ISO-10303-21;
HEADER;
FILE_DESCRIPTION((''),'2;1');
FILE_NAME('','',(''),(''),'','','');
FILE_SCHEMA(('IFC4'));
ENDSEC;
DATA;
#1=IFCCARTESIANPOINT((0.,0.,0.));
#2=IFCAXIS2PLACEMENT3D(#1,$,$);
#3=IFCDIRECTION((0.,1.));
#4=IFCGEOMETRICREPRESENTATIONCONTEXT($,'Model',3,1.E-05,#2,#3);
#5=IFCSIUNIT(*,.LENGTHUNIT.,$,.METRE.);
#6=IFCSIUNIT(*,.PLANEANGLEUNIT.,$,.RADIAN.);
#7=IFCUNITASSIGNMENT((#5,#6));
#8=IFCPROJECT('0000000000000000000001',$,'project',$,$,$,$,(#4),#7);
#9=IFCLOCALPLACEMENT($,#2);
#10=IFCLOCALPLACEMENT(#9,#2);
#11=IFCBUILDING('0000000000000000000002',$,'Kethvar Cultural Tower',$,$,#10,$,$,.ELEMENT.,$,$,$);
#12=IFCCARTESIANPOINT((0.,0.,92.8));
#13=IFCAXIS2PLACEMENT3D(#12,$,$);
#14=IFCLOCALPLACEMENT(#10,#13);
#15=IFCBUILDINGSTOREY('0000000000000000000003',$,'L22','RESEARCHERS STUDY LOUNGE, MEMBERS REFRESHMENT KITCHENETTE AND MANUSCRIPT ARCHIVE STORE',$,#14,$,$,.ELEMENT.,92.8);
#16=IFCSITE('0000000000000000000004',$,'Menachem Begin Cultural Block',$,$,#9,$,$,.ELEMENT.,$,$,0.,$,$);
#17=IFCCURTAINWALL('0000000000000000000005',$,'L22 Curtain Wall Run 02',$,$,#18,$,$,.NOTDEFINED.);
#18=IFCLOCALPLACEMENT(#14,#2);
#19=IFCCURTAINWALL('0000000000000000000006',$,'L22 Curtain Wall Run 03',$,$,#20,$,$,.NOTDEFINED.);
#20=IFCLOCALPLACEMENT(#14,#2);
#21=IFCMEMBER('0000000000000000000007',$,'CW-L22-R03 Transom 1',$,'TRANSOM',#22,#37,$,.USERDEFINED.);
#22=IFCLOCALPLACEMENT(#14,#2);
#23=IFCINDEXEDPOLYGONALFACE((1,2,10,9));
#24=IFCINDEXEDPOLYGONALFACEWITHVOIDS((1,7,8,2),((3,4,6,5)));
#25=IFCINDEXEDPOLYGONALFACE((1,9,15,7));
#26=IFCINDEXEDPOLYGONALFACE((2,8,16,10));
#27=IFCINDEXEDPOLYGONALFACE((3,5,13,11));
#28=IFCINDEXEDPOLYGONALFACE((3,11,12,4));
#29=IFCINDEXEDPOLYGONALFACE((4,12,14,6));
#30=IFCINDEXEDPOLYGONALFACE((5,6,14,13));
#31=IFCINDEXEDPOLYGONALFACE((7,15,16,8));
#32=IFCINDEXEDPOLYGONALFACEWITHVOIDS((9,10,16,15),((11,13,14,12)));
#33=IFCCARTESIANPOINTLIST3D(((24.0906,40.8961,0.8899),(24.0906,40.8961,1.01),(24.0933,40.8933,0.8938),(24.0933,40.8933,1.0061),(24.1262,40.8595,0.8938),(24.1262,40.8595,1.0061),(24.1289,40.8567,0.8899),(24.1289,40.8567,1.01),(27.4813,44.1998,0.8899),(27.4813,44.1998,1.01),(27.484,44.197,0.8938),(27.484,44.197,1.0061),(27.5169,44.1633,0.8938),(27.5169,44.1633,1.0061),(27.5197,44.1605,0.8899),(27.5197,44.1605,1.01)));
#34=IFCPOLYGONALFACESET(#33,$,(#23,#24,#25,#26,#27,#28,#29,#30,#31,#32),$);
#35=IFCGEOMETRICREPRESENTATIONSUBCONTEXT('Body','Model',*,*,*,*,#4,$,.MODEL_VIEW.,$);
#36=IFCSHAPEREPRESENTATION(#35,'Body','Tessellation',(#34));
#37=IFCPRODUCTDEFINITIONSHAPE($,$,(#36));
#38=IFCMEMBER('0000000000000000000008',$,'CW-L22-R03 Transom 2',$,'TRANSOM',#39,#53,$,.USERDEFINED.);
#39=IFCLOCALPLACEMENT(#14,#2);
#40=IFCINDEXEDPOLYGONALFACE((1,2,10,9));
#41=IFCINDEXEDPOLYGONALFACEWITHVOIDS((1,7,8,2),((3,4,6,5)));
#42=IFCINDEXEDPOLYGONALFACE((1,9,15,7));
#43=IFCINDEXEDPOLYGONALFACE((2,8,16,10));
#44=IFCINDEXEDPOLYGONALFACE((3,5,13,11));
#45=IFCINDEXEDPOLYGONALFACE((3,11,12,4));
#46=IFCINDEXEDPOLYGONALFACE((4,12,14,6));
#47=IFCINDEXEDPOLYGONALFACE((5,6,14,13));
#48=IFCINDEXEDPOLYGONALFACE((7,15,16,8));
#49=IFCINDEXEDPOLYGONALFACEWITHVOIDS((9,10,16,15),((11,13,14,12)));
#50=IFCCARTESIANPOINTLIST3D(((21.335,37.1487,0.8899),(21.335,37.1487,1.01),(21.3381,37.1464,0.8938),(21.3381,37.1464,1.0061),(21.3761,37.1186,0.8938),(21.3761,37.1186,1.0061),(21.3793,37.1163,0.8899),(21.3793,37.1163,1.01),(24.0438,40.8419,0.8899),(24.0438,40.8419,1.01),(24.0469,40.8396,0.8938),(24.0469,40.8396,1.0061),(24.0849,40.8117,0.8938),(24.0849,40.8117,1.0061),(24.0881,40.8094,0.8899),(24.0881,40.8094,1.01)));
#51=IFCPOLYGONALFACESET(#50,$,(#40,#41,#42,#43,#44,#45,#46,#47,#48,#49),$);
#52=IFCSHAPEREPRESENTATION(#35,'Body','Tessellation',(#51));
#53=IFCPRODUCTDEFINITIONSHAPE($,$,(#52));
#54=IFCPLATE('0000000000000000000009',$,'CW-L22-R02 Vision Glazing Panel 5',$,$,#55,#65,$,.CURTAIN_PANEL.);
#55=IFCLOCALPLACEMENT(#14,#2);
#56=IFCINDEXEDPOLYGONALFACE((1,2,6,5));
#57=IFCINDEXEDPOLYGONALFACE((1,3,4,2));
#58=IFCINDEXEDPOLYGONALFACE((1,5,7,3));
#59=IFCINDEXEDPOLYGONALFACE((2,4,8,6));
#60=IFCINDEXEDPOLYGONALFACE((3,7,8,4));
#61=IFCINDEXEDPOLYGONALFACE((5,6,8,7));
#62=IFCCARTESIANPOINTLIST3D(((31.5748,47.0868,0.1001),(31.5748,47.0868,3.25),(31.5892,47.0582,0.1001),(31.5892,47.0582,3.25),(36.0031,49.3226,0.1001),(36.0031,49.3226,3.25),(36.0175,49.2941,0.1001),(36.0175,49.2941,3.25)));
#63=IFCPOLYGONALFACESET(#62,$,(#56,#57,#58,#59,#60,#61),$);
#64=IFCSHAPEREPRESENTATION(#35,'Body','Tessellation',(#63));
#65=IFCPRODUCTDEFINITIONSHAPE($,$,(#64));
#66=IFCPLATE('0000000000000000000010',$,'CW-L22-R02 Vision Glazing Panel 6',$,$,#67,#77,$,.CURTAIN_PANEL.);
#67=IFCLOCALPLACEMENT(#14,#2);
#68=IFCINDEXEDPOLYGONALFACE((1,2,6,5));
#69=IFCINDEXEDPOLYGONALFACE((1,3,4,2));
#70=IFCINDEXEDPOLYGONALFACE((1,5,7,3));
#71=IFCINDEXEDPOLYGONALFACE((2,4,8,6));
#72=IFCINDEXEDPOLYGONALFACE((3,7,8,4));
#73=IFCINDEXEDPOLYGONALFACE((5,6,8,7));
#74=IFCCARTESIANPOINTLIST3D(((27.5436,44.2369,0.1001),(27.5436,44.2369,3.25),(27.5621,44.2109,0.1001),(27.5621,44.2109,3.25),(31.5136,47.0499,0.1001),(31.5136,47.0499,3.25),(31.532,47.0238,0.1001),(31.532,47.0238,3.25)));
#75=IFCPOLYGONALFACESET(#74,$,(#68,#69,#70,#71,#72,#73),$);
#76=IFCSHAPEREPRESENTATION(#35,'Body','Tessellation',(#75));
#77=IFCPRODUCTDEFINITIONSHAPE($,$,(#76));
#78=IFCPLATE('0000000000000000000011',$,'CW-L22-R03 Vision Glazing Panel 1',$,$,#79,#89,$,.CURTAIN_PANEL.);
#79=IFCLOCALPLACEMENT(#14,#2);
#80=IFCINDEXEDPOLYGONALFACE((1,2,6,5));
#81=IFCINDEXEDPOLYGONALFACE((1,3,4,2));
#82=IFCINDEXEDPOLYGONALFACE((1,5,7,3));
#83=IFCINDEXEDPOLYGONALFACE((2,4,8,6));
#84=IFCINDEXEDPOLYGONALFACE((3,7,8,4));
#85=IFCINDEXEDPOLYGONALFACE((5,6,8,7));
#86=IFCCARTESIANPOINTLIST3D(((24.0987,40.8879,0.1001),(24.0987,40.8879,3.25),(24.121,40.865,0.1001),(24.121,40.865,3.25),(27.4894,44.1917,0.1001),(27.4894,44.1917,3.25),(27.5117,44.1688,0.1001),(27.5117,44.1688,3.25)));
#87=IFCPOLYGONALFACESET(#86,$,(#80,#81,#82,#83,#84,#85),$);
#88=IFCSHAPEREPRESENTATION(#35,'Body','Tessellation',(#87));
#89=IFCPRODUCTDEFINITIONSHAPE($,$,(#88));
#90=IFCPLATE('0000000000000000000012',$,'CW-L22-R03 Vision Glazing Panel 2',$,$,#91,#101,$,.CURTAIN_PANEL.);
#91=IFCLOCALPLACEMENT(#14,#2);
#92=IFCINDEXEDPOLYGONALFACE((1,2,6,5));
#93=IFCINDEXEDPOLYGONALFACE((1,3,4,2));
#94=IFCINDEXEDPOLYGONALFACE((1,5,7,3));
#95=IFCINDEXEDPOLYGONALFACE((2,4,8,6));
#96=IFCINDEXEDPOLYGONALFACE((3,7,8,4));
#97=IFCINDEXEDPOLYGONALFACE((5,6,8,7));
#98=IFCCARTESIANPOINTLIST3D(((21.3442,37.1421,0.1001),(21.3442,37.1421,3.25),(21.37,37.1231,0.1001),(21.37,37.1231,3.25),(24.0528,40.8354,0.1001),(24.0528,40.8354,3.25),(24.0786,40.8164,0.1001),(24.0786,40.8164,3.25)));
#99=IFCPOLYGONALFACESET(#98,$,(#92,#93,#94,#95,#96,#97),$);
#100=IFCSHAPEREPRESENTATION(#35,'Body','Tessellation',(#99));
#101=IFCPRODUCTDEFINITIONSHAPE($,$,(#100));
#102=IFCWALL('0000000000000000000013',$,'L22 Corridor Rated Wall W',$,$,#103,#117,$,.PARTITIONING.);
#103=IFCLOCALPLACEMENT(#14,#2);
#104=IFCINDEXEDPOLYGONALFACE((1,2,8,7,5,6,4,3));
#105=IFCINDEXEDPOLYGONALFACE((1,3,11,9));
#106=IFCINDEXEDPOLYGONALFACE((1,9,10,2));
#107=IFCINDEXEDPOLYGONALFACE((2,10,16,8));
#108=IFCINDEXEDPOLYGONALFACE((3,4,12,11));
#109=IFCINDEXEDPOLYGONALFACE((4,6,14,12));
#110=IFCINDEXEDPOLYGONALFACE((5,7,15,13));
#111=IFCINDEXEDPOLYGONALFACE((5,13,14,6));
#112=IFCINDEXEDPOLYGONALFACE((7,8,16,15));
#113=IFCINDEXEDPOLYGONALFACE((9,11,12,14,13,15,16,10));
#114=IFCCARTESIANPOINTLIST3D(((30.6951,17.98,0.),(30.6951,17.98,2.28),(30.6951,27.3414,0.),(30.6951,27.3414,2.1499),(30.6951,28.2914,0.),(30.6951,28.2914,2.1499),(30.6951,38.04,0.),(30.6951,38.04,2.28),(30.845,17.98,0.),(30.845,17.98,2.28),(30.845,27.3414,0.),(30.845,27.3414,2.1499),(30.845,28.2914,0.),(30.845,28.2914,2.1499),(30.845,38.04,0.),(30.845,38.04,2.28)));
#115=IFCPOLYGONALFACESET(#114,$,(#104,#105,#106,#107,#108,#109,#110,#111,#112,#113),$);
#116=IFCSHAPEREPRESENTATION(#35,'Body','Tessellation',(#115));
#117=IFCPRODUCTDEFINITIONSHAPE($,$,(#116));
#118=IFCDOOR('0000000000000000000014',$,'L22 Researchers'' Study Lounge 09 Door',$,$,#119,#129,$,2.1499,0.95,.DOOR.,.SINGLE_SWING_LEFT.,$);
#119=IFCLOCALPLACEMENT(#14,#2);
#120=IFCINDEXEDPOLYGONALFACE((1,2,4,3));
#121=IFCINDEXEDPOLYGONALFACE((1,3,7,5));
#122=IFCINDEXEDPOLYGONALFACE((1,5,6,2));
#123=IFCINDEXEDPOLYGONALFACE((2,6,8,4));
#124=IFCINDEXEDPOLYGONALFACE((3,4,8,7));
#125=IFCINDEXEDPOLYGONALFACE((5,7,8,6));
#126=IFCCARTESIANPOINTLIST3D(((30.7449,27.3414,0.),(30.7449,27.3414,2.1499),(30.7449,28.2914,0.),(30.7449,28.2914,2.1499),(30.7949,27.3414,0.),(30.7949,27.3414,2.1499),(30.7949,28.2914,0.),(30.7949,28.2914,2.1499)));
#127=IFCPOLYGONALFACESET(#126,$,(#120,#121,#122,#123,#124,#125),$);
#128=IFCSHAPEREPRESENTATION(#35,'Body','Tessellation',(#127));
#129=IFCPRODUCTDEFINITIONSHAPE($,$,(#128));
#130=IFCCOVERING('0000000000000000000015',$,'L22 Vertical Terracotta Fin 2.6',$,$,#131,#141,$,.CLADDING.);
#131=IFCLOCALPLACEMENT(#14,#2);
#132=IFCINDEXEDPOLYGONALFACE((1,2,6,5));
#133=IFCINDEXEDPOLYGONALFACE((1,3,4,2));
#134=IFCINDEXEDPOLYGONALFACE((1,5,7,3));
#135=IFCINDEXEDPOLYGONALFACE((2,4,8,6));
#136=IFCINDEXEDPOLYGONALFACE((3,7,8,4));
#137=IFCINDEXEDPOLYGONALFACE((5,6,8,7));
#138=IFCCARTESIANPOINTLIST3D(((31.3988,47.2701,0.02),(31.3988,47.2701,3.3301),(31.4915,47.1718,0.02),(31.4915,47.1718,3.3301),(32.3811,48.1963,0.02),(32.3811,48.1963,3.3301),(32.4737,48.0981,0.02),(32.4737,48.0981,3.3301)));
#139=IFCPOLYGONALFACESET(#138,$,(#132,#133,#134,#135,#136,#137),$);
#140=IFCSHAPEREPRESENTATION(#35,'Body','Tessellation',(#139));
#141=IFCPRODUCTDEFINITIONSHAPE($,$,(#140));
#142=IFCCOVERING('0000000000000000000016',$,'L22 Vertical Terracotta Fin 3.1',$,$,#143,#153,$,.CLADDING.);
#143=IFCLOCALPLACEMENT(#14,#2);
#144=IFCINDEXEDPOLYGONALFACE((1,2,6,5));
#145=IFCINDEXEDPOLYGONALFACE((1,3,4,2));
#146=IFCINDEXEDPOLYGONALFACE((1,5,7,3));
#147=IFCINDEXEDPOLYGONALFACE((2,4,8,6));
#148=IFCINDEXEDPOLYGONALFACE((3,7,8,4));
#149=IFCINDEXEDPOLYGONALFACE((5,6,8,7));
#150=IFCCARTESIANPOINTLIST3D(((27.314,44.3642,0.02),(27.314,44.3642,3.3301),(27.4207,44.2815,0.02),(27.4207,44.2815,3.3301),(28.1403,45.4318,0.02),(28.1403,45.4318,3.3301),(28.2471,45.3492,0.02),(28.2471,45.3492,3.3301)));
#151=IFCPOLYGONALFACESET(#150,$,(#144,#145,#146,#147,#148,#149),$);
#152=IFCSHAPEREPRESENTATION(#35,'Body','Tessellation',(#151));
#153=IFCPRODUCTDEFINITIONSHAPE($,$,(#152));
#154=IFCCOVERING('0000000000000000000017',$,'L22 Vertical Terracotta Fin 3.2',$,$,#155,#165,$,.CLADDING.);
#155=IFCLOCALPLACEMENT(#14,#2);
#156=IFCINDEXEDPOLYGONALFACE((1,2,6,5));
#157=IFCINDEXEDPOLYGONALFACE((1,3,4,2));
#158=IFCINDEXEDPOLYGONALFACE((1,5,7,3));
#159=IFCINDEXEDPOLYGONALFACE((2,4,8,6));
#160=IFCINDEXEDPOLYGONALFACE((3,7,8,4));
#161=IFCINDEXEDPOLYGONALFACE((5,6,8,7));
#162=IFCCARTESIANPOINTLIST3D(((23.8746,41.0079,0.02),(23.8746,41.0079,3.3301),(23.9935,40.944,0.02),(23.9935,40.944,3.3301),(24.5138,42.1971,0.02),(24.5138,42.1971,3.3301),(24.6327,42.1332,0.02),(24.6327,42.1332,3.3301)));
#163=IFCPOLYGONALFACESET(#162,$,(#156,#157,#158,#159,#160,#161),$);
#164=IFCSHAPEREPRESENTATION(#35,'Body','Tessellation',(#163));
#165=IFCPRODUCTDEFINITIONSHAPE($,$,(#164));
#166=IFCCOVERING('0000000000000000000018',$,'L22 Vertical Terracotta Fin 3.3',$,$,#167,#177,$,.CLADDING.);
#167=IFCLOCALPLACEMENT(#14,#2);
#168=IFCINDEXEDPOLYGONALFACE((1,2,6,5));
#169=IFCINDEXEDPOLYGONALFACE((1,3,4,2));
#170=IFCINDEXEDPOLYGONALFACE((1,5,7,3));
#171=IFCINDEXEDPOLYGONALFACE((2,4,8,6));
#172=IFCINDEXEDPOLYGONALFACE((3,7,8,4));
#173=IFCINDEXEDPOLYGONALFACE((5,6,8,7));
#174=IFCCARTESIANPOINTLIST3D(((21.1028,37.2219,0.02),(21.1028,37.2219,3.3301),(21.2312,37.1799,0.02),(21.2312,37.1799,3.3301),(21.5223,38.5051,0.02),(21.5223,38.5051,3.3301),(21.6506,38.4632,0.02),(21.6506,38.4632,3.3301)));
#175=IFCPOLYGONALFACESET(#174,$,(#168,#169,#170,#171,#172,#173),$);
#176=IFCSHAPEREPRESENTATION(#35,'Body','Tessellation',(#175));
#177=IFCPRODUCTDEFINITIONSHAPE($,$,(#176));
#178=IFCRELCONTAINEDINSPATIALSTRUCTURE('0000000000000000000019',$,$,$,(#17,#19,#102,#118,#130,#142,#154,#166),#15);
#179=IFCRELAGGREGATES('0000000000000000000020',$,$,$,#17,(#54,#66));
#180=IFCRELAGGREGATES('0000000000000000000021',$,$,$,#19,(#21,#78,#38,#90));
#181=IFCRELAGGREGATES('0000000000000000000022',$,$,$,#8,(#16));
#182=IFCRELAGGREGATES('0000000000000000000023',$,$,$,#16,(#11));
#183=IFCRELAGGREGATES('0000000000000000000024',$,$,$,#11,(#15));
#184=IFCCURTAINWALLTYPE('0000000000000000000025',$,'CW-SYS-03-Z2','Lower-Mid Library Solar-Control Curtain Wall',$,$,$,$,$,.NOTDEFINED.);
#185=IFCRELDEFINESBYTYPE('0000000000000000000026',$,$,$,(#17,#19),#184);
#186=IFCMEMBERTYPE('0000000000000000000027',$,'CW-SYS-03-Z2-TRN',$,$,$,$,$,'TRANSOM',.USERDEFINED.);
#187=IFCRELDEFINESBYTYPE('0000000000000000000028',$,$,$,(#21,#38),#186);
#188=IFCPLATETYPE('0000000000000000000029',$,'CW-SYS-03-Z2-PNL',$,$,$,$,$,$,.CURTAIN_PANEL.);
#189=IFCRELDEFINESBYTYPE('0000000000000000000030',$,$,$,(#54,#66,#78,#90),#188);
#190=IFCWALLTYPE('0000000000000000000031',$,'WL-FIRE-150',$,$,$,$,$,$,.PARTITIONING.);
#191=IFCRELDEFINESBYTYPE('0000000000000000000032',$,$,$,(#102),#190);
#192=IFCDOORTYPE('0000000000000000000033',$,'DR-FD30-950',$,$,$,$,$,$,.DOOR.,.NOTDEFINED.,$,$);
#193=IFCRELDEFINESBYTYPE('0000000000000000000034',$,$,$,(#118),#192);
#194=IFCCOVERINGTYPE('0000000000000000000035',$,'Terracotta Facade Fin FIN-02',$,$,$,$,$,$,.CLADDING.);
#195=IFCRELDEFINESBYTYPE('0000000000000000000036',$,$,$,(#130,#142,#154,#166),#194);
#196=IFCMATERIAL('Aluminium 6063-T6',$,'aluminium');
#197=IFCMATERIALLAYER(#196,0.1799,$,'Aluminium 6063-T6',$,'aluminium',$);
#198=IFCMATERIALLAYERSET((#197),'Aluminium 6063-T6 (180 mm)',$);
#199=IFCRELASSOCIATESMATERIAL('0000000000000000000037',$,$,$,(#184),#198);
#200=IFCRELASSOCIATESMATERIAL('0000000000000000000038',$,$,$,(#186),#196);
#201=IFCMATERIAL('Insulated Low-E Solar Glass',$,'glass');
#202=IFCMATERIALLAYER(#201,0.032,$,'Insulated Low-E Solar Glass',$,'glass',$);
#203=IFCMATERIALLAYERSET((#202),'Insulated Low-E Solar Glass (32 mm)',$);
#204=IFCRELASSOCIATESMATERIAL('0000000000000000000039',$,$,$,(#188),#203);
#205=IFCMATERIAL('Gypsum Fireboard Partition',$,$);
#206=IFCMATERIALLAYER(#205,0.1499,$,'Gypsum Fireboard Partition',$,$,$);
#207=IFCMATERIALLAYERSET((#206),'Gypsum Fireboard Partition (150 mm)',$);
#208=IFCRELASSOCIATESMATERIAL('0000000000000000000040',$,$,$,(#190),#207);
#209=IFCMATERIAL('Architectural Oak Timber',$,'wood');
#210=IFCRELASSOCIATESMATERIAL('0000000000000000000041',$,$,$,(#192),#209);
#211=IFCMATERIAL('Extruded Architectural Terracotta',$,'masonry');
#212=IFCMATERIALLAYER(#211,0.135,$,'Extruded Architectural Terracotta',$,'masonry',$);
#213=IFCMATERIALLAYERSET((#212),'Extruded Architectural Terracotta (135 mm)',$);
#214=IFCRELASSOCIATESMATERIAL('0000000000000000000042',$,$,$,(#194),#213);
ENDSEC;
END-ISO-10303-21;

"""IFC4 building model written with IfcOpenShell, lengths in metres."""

from ifc_helpers import new_model, si_unit, direction, frame, frame_2d, origin, origin_2d, place, context, subcontext, project, spatial, rectangle, hollow_rectangle, extrude, source, transform, mapped, material, layer, layer_set, material_profile, profile_set, type_object, element, fill, aggregate, save


model = new_model("IFC4")

# Units and contexts
model_context = context("Model", 3, precision=1e-05, world=origin(), true_north=direction((0.0, 1.0)))
body_context = subcontext(model_context, "Body", "Model", "MODEL_VIEW")
ifc_project = project(units=[si_unit("LENGTHUNIT", "METRE"), si_unit("PLANEANGLEUNIT", "RADIAN")], contexts=[model_context])

# Site, building, storey
site_placement = place(None, origin())
site = spatial("IfcSite", under=ifc_project, at=site_placement, Name="Menachem Begin Cultural Block", CompositionType="ELEMENT", RefElevation=0.0)
building_placement = place(site_placement, origin())
building = spatial("IfcBuilding", under=site, at=building_placement, Name="Kethvar Cultural Tower", CompositionType="ELEMENT")
storey_placement = place(building_placement, frame((0.0, 0.0, 92.8)))
storey = spatial("IfcBuildingStorey", under=building, at=storey_placement, Name="L22", Description="RESEARCHERS STUDY LOUNGE, MEMBERS REFRESHMENT KITCHENETTE AND MANUSCRIPT ARCHIVE STORE", CompositionType="ELEMENT", Elevation=92.8)

# Curtain walls
ifc_material_1 = material(Name="Aluminium 6063-T6", Category="aluminium")
ifc_layer_1 = layer(ifc_material_1, 0.1799, Name="Aluminium 6063-T6", Category="aluminium")
ifc_layer_set_1 = layer_set([ifc_layer_1], Name="Aluminium 6063-T6 (180 mm)")
curtain_wall_type = type_object("IfcCurtainWallType", Name="CW-SYS-03-Z2", Description="Lower-Mid Library Solar-Control Curtain Wall", PredefinedType="NOTDEFINED", material=ifc_layer_set_1)
curtain_wall_1_placement = place(storey_placement, origin())
curtain_wall_1 = element("IfcCurtainWall", 1, at=curtain_wall_1_placement, inside=storey, type_object=curtain_wall_type, Name="L22 Curtain Wall Run 02", PredefinedType="NOTDEFINED")
curtain_wall_2_placement = place(storey_placement, origin())
curtain_wall_2 = element("IfcCurtainWall", 2, at=curtain_wall_2_placement, inside=storey, type_object=curtain_wall_type, Name="L22 Curtain Wall Run 03", PredefinedType="NOTDEFINED")

# Members
ifc_material_profile_1 = material_profile(ifc_material_1, hollow_rectangle(XDim=0.0549, YDim=0.1201, WallThickness=0.0039, at=origin_2d()), Name="Aluminium 6063-T6 — RHS120x55x4")
ifc_profile_set_1 = profile_set([ifc_material_profile_1], Name="Aluminium 6063-T6 — RHS120x55x4")
member_type_1 = type_object("IfcMemberType", Name="CW-SYS-03-Z2-TRN", ElementType="TRANSOM", PredefinedType="USERDEFINED", material=ifc_profile_set_1)
shared_shape_1 = source(origin(), body_context, "Body", "SweptSolid", [
    extrude(hollow_rectangle(XDim=0.0549, YDim=0.1201, WallThickness=0.0039, at=origin_2d()), origin(), (0.0, 0.0, 1.0), 4.7341),
])
member_1_placement = place(storey_placement, frame((27.5005, 44.1802, 0.95), z_axis=(-0.716227, -0.697867, 0.0), x_axis=(0.697867, -0.716227, 0.0)))
member_1 = element("IfcMember", 3, at=member_1_placement, type_object=member_type_1, Name="CW-L22-R03 Transom 1", ObjectType="TRANSOM", PredefinedType="USERDEFINED", context=body_context, shape_type="MappedRepresentation", body=[
    mapped(shared_shape_1, transform((0.0, 0.0, 0.0), scale=1.0)),
])
shared_shape_2 = source(origin(), body_context, "Body", "SweptSolid", [
    extrude(hollow_rectangle(XDim=0.0549, YDim=0.1201, WallThickness=0.0039, at=origin_2d()), origin(), (0.0, 0.0, 1.0), 4.5801),
])
member_2_placement = place(storey_placement, frame((24.0659, 40.8257, 0.95), z_axis=(-0.591428, -0.806358, 0.0), x_axis=(0.806358, -0.591428, 0.0)))
member_2 = element("IfcMember", 4, at=member_2_placement, type_object=member_type_1, Name="CW-L22-R03 Transom 2", ObjectType="TRANSOM", PredefinedType="USERDEFINED", context=body_context, shape_type="MappedRepresentation", body=[
    mapped(shared_shape_2, transform((0.0, 0.0, 0.0), scale=1.0)),
])

# Plates
ifc_material_2 = material(Name="Insulated Low-E Solar Glass", Category="glass")
ifc_layer_2 = layer(ifc_material_2, 0.032, Name="Insulated Low-E Solar Glass", Category="glass")
ifc_layer_set_2 = layer_set([ifc_layer_2], Name="Insulated Low-E Solar Glass (32 mm)")
plate_type = type_object("IfcPlateType", Name="CW-SYS-03-Z2-PNL", PredefinedType="CURTAIN_PANEL", material=ifc_layer_set_2)
shared_shape_3 = source(origin(), body_context, "Body", "SweptSolid", [
    extrude(rectangle(XDim=4.9607, YDim=0.032, at=origin_2d()), origin(), (0.0, 0.0, 1.0), 3.1499),
])
plate_1_placement = place(storey_placement, frame((33.7961, 48.1904, 0.1001), z_axis=(0.0, 0.0, 1.0), x_axis=(-0.892672, -0.450706, 0.0)))
plate_1 = element("IfcPlate", 5, at=plate_1_placement, type_object=plate_type, Name="CW-L22-R02 Vision Glazing Panel 5", PredefinedType="CURTAIN_PANEL", context=body_context, shape_type="MappedRepresentation", body=[
    mapped(shared_shape_3, transform((0.0, 0.0, 0.0), scale=1.0)),
])
shared_shape_4 = source(origin(), body_context, "Body", "SweptSolid", [
    extrude(rectangle(XDim=4.8655, YDim=0.032, at=origin_2d()), origin(), (0.0, 0.0, 1.0), 3.1499),
])
plate_2_placement = place(storey_placement, frame((29.5378, 45.6304, 0.1001), z_axis=(0.0, 0.0, 1.0), x_axis=(-0.815936, -0.578142, 0.0)))
plate_2 = element("IfcPlate", 6, at=plate_2_placement, type_object=plate_type, Name="CW-L22-R02 Vision Glazing Panel 6", PredefinedType="CURTAIN_PANEL", context=body_context, shape_type="MappedRepresentation", body=[
    mapped(shared_shape_4, transform((0.0, 0.0, 0.0), scale=1.0)),
])
aggregate(curtain_wall_1, [plate_1, plate_2])
shared_shape_5 = source(origin(), body_context, "Body", "SweptSolid", [
    extrude(rectangle(XDim=4.7341, YDim=0.032, at=origin_2d()), origin(), (0.0, 0.0, 1.0), 3.1499),
])
plate_3_placement = place(storey_placement, frame((25.8052, 42.5283, 0.1001), z_axis=(0.0, 0.0, 1.0), x_axis=(-0.716229, -0.697865, 0.0)))
plate_3 = element("IfcPlate", 7, at=plate_3_placement, type_object=plate_type, Name="CW-L22-R03 Vision Glazing Panel 1", PredefinedType="CURTAIN_PANEL", context=body_context, shape_type="MappedRepresentation", body=[
    mapped(shared_shape_5, transform((0.0, 0.0, 0.0), scale=1.0)),
])
shared_shape_6 = source(origin(), body_context, "Body", "SweptSolid", [
    extrude(rectangle(XDim=4.5801, YDim=0.032, at=origin_2d()), origin(), (0.0, 0.0, 1.0), 3.1499),
])
plate_4_placement = place(storey_placement, frame((22.7114, 38.9792, 0.1001), z_axis=(0.0, 0.0, 1.0), x_axis=(-0.591394, -0.806383, 0.0)))
plate_4 = element("IfcPlate", 8, at=plate_4_placement, type_object=plate_type, Name="CW-L22-R03 Vision Glazing Panel 2", PredefinedType="CURTAIN_PANEL", context=body_context, shape_type="MappedRepresentation", body=[
    mapped(shared_shape_6, transform((0.0, 0.0, 0.0), scale=1.0)),
])
aggregate(curtain_wall_2, [member_1, plate_3, member_2, plate_4])

# Wall, opening, door
ifc_material_3 = material(Name="Gypsum Fireboard Partition")
ifc_layer_3 = layer(ifc_material_3, 0.1499, Name="Gypsum Fireboard Partition")
ifc_layer_set_3 = layer_set([ifc_layer_3], Name="Gypsum Fireboard Partition (150 mm)")
wall_type = type_object("IfcWallType", Name="WL-FIRE-150", PredefinedType="PARTITIONING", material=ifc_layer_set_3)
wall_placement = place(storey_placement, frame((30.77, 38.04, 0.0), z_axis=(0.0, 0.0, 1.0), x_axis=(0.0, -1.0, 0.0)))
wall = element("IfcWall", 9, at=wall_placement, inside=storey, type_object=wall_type, Name="L22 Corridor Rated Wall W", PredefinedType="PARTITIONING", context=body_context, shape_type="SweptSolid", body=[
    extrude(rectangle(XDim=20.0601, YDim=0.1499, at=frame_2d((10.03, 0.0))), origin(), (0.0, 0.0, 1.0), 2.28),
])
opening_placement = place(wall_placement, frame((9.7485, 0.0, 0.0)))
opening = element("IfcOpeningElement", 10, at=opening_placement, cuts=wall, PredefinedType="OPENING", context=body_context, shape_type="SweptSolid", body=[
    extrude(rectangle(XDim=0.95, YDim=2.1499, at=frame_2d((0.4751, 1.075))), frame((0.0, 0.085, 0.0), z_axis=(0.0, -1.0, 0.0), x_axis=(1.0, 0.0, 0.0)), (0.0, 0.0, 1.0), 0.1699),
])
ifc_material_4 = material(Name="Architectural Oak Timber", Category="wood")
door_type = type_object("IfcDoorType", Name="DR-FD30-950", OperationType="NOTDEFINED", PredefinedType="DOOR", material=ifc_material_4)
shared_shape_7 = source(origin(), body_context, "Body", "SweptSolid", [
    extrude(rectangle(XDim=0.95, YDim=2.1499, at=frame_2d((0.4751, 1.075))), frame((0.0, 0.0249, 0.0), z_axis=(0.0, -1.0, 0.0), x_axis=(1.0, 0.0, 0.0)), (0.0, 0.0, 1.0), 0.05),
])
door_placement = place(opening_placement, origin())
door = element("IfcDoor", 11, at=door_placement, inside=storey, type_object=door_type, Name="L22 Researchers' Study Lounge 09 Door", OperationType="SINGLE_SWING_LEFT", OverallHeight=2.1499, OverallWidth=0.95, PredefinedType="DOOR", context=body_context, shape_type="MappedRepresentation", body=[
    mapped(shared_shape_7, transform((0.0, 0.0, 0.0), scale=1.0)),
])
fill(opening, door)

# Coverings
ifc_material_5 = material(Name="Extruded Architectural Terracotta", Category="masonry")
ifc_layer_4 = layer(ifc_material_5, 0.135, Name="Extruded Architectural Terracotta", Category="masonry")
ifc_layer_set_4 = layer_set([ifc_layer_4], Name="Extruded Architectural Terracotta (135 mm)")
covering_type = type_object("IfcCoveringType", Name="Terracotta Facade Fin FIN-02", PredefinedType="CLADDING", material=ifc_layer_set_4)
shared_shape_8 = source(origin(), body_context, "Body", "SweptSolid", [
    extrude(rectangle(XDim=1.3501, YDim=0.135, at=origin_2d()), origin(), (0.0, 0.0, 1.0), 3.3101),
])
for number, where, z_axis, x_axis, name in (
    (12, (31.9363, 47.6841, 0.02), (0.0, 0.0, 1.0), (0.727533, 0.686072, 0.0), "L22 Vertical Terracotta Fin 2.6"),
    (13, (27.7805, 44.8567, 0.02), (0.0, 0.0, 1.0), (0.612079, 0.790796, 0.0), "L22 Vertical Terracotta Fin 3.1"),
    (14, (24.2537, 41.5706, 0.02), (0.0, 0.0, 1.0), (0.473473, 0.880808, 0.0), "L22 Vertical Terracotta Fin 3.2"),
    (15, (21.3767, 37.8425, 0.02), (0.0, 0.0, 1.0), (0.310676, 0.950516, 0.0), "L22 Vertical Terracotta Fin 3.3"),
):
    element("IfcCovering", number, at=place(storey_placement, frame(where, z_axis=z_axis, x_axis=x_axis)), inside=storey, type_object=covering_type, Name=name, PredefinedType="CLADDING", context=body_context, shape_type="MappedRepresentation", body=[
        mapped(shared_shape_8, transform((0.0, 0.0, 0.0), scale=1.0)),
    ])

save(model, "model.ifc")
